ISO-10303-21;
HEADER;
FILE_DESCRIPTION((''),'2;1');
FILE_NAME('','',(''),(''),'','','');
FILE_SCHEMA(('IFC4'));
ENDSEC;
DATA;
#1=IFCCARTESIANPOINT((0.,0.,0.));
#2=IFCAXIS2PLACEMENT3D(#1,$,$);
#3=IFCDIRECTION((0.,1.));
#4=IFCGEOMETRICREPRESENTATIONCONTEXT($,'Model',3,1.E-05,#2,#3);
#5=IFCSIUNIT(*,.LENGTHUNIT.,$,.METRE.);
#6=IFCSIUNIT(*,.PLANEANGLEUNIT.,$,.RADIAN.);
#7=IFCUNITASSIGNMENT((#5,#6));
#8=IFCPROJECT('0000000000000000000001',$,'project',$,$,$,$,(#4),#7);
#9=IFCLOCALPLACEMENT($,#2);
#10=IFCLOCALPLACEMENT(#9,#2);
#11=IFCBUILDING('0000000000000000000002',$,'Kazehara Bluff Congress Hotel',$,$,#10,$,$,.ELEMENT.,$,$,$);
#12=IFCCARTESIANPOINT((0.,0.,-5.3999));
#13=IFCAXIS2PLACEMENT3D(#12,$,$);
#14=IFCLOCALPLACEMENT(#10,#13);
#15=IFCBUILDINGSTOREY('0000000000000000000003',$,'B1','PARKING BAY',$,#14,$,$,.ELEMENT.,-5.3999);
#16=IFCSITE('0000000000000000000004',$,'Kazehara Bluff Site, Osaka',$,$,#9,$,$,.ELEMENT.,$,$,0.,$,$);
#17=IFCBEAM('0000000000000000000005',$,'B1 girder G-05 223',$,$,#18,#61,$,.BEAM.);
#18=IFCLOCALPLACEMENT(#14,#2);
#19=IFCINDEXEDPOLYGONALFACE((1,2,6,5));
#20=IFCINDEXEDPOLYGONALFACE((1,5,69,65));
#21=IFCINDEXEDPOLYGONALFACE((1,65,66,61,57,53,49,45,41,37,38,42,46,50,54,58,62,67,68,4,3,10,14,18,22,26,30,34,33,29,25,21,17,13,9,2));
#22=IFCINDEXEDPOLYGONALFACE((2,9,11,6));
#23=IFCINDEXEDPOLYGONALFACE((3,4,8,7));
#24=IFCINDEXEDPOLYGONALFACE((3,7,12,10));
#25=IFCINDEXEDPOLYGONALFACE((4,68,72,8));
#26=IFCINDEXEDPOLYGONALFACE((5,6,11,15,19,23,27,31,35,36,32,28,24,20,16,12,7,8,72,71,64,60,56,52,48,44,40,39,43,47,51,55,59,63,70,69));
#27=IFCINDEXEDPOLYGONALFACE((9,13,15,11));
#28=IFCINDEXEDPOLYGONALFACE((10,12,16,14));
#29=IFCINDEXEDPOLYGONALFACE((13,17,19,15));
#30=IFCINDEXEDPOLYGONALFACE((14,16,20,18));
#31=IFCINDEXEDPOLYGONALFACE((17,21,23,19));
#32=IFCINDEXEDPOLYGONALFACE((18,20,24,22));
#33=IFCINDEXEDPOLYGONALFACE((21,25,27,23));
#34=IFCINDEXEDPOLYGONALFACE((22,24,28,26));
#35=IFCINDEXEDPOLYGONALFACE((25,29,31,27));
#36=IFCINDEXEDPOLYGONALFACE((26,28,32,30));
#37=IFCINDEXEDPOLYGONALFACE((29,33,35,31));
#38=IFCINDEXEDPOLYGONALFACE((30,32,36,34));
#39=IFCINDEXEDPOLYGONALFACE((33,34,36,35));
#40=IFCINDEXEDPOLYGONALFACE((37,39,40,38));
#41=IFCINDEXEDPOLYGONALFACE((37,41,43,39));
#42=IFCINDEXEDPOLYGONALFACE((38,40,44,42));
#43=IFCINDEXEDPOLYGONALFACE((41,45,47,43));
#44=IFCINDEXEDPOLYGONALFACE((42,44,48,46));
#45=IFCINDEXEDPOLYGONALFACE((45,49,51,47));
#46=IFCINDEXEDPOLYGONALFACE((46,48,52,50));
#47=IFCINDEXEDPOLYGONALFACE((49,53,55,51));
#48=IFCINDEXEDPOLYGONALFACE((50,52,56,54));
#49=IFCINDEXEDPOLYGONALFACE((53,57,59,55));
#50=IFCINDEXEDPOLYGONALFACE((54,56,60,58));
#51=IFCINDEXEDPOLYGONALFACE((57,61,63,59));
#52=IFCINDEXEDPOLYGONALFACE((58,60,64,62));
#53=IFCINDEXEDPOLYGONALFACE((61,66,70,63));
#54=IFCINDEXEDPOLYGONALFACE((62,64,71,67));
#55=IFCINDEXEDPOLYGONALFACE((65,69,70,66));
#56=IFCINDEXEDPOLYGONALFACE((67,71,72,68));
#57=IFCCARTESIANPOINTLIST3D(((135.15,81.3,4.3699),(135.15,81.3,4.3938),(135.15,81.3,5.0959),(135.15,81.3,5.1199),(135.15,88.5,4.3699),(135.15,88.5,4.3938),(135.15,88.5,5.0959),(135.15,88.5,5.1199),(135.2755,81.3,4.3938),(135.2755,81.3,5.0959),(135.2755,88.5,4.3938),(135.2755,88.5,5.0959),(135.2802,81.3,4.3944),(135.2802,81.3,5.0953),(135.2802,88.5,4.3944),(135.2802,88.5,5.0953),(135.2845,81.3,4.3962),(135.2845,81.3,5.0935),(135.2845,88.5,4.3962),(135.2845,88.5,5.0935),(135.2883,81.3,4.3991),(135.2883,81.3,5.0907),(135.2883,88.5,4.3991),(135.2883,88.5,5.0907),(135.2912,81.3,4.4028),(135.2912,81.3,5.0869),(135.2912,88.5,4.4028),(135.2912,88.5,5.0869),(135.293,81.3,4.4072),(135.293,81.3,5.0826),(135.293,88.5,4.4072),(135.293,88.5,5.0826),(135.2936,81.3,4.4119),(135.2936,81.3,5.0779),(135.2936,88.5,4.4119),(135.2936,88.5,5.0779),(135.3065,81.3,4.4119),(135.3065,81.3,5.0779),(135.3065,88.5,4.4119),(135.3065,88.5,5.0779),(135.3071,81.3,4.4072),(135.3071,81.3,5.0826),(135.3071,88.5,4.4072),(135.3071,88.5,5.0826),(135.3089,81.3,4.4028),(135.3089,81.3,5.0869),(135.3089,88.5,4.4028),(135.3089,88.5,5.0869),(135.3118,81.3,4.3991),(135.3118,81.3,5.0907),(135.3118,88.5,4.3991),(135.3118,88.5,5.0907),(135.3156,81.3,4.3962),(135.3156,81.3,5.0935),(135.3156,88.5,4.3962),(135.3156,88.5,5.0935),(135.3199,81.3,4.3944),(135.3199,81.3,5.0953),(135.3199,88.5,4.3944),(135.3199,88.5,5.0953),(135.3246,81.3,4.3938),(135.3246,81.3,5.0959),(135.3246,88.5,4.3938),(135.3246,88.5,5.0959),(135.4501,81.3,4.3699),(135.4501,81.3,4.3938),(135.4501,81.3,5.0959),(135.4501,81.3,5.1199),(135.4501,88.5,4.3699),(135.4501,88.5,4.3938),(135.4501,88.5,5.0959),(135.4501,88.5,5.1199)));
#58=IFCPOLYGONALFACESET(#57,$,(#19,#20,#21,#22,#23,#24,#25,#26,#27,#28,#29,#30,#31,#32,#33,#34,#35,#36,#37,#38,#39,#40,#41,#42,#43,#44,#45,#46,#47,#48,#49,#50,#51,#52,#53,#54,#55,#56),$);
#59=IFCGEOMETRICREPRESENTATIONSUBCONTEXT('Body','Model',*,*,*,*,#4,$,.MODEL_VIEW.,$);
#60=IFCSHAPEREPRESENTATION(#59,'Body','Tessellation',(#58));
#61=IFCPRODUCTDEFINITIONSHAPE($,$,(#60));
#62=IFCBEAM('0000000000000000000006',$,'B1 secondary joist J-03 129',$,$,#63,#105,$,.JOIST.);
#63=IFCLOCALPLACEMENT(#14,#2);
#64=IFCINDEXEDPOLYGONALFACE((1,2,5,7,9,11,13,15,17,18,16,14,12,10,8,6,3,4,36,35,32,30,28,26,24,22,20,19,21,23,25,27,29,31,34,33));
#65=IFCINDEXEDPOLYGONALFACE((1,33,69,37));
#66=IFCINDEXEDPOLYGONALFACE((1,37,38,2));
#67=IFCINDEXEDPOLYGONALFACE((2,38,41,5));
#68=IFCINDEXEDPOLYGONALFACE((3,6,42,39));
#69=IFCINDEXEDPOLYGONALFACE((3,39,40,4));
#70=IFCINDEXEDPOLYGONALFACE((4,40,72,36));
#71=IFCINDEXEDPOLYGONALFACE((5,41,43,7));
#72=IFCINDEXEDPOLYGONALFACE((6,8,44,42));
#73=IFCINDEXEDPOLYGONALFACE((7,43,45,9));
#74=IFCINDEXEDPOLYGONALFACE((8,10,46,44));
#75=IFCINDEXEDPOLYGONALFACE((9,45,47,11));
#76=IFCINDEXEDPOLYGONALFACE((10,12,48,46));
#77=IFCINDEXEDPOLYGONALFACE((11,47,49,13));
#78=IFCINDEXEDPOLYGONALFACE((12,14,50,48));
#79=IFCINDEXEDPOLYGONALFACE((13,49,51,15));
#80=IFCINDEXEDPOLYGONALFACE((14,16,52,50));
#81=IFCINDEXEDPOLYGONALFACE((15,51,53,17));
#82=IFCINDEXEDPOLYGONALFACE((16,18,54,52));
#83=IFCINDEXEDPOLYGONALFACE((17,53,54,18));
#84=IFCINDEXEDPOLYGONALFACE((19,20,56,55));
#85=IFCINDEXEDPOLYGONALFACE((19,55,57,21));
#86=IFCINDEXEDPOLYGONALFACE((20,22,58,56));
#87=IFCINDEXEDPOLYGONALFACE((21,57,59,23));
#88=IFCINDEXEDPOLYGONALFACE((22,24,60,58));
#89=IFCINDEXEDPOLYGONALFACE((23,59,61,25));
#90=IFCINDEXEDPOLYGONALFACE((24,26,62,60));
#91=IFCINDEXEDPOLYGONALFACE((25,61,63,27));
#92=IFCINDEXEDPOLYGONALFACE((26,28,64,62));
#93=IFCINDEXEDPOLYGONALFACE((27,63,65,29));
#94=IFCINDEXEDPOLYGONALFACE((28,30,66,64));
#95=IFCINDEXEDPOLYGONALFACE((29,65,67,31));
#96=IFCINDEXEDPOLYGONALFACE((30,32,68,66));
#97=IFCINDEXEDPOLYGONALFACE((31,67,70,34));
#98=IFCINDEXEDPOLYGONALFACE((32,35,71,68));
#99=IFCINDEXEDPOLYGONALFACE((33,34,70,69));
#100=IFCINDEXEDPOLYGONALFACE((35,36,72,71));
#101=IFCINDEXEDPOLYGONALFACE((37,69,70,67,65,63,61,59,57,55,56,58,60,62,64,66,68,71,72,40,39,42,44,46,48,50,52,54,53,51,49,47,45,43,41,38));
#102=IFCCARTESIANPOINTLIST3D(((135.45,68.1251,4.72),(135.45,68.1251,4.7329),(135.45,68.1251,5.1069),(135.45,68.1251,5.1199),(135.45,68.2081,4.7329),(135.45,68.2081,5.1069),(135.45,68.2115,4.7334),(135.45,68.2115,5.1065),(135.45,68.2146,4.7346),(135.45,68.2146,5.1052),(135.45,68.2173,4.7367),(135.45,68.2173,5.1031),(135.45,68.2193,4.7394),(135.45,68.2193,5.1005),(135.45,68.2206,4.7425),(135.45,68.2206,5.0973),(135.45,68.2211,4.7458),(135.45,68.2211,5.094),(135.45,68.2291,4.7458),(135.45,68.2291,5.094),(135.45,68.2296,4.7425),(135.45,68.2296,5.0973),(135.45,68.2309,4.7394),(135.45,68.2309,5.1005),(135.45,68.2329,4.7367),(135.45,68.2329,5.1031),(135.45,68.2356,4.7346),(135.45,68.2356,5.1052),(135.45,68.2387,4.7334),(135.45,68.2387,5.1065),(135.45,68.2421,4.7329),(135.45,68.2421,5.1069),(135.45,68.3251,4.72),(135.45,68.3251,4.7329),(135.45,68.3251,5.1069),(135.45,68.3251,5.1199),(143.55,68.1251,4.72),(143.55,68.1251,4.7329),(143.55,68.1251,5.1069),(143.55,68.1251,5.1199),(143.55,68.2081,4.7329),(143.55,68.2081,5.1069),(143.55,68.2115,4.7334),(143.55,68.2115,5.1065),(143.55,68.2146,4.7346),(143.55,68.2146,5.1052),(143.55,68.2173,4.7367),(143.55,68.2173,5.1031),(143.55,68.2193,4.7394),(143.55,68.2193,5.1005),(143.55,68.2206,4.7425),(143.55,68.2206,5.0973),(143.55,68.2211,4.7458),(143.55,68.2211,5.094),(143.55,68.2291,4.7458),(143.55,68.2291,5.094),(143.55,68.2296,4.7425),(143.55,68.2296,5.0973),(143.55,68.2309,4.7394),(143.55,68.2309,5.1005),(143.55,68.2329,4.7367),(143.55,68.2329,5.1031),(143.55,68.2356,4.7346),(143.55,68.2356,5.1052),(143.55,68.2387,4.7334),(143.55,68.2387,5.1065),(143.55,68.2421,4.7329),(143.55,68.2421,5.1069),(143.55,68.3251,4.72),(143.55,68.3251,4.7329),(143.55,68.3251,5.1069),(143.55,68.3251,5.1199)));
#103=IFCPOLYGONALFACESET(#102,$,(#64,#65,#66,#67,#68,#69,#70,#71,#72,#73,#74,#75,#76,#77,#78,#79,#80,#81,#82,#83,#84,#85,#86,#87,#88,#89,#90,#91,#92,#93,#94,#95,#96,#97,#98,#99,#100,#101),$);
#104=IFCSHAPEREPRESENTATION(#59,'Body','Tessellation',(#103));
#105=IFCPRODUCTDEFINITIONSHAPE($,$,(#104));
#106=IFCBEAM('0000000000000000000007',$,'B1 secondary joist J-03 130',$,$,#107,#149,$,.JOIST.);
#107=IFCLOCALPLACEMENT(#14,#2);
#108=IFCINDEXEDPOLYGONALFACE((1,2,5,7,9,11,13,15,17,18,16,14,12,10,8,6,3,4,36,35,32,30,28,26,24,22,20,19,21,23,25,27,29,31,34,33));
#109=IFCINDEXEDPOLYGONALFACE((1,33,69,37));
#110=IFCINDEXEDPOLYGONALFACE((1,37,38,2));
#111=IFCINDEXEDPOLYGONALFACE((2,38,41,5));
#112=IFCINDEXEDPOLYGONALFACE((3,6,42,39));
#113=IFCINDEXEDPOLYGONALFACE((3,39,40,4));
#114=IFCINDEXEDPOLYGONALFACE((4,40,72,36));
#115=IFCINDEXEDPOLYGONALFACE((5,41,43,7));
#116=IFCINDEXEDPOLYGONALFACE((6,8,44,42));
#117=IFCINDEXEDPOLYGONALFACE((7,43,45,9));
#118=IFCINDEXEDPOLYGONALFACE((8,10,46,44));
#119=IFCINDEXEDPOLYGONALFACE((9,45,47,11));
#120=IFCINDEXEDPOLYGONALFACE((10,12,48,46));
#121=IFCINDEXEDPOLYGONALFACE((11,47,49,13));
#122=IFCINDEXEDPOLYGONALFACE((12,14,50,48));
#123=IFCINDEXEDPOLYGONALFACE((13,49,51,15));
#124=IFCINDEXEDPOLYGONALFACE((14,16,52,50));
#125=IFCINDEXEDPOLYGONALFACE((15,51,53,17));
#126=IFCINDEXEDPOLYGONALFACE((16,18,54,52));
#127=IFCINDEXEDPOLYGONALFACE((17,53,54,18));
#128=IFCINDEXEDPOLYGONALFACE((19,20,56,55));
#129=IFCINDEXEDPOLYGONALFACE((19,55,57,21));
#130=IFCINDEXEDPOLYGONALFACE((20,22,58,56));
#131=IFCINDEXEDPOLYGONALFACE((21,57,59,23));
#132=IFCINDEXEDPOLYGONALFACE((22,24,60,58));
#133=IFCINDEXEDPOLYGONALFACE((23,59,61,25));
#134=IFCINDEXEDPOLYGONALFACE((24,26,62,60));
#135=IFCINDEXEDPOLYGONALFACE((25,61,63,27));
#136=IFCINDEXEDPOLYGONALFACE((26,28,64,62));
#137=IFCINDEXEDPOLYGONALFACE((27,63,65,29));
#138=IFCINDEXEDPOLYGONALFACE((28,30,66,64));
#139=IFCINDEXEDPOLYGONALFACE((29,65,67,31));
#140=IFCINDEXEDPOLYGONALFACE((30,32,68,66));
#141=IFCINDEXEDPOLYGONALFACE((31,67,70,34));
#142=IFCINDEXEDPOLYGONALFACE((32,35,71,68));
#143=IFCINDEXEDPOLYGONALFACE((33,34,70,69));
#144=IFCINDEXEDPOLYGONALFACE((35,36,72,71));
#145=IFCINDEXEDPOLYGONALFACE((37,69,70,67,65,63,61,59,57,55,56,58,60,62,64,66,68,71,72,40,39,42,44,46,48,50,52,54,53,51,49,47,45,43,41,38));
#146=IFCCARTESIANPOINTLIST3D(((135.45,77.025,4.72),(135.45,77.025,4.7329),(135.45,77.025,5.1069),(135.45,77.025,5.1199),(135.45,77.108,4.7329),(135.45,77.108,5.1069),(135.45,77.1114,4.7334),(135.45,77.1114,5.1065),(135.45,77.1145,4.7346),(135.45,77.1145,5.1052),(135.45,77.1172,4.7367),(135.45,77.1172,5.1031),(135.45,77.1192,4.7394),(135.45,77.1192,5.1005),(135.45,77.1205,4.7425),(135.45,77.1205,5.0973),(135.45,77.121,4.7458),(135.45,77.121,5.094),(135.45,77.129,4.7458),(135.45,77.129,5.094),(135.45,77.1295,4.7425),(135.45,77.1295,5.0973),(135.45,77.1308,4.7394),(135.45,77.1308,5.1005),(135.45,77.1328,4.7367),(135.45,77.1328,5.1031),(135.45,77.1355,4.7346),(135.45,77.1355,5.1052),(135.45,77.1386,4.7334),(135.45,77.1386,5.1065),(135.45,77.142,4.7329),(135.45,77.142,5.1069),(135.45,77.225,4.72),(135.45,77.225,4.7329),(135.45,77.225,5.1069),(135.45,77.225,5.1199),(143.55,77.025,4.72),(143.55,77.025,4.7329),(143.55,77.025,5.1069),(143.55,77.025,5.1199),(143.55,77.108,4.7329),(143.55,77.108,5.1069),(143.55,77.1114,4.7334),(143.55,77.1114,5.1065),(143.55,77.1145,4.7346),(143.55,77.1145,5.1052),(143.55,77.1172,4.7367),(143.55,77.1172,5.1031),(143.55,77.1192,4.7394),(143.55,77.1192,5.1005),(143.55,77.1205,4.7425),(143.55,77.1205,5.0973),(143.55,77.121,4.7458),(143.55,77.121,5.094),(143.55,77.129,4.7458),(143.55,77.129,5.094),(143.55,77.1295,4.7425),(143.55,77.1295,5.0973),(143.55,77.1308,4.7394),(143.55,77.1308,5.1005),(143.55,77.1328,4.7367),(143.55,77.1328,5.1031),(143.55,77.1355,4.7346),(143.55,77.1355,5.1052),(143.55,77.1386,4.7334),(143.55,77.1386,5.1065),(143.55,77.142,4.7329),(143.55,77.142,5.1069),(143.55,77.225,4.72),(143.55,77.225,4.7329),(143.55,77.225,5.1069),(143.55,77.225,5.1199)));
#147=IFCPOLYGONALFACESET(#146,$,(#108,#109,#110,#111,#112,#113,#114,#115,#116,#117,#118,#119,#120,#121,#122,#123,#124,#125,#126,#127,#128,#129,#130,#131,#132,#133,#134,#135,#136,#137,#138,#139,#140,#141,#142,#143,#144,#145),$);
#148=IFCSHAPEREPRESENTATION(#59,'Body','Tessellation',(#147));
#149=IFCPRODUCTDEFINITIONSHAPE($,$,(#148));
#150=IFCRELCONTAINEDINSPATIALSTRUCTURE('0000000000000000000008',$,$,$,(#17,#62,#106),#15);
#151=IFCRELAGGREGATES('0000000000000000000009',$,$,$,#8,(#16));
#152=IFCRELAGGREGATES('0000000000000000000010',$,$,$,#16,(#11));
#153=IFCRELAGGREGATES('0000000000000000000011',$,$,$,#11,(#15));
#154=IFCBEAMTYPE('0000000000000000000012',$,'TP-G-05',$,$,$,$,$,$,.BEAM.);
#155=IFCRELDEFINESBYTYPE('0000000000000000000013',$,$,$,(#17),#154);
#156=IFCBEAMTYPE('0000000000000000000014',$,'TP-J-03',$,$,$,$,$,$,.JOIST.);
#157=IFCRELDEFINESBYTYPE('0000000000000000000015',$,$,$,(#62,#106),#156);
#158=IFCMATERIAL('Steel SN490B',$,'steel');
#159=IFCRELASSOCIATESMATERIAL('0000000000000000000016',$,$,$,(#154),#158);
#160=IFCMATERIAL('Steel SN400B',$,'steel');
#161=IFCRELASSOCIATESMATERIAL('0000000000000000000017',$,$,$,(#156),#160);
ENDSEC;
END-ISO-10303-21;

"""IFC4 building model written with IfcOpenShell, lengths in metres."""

from ifc_helpers import new_model, si_unit, direction, frame, origin, origin_2d, place, context, subcontext, project, spatial, i_section, extrude, material, material_profile, profile_set, type_object, element, save


model = new_model("IFC4")

# Units and contexts
model_context = context("Model", 3, precision=1e-05, world=origin(), true_north=direction((0.0, 1.0)))
body_context = subcontext(model_context, "Body", "Model", "MODEL_VIEW")
ifc_project = project(units=[si_unit("LENGTHUNIT", "METRE"), si_unit("PLANEANGLEUNIT", "RADIAN")], contexts=[model_context])

# Site, building, storey
site_placement = place(None, origin())
site = spatial("IfcSite", under=ifc_project, at=site_placement, Name="Kazehara Bluff Site, Osaka", CompositionType="ELEMENT", RefElevation=0.0)
building_placement = place(site_placement, origin())
building = spatial("IfcBuilding", under=site, at=building_placement, Name="Kazehara Bluff Congress Hotel", CompositionType="ELEMENT")
storey_placement = place(building_placement, frame((0.0, 0.0, -5.3999)))
storey = spatial("IfcBuildingStorey", under=building, at=storey_placement, Name="B1", Description="PARKING BAY", CompositionType="ELEMENT", Elevation=-5.3999)

# Beams
ifc_material_1 = material(Name="Steel SN490B", Category="steel")
ifc_material_profile_1 = material_profile(ifc_material_1, i_section(OverallWidth=0.3, OverallDepth=0.75, WebThickness=0.0129, FlangeThickness=0.0239, FilletRadius=0.0181, at=origin_2d()))
ifc_profile_set_1 = profile_set([ifc_material_profile_1], Name="Steel SN490B")
beam_type_1 = type_object("IfcBeamType", Name="TP-G-05", PredefinedType="BEAM", material=ifc_profile_set_1)
beam_1_placement = place(storey_placement, frame((135.3, 81.3, 4.7449), z_axis=(0.0, 1.0, 0.0), x_axis=(-1.0, 0.0, 0.0)))
element("IfcBeam", 1, at=beam_1_placement, inside=storey, type_object=beam_type_1, Name="B1 girder G-05 223", PredefinedType="BEAM", context=body_context, shape_type="SweptSolid", body=[
    extrude(i_section(OverallWidth=0.3, OverallDepth=0.75, WebThickness=0.0129, FlangeThickness=0.0239, FilletRadius=0.0181, at=origin_2d()), origin(), (0.0, 0.0, 1.0), 7.2),
])
ifc_material_2 = material(Name="Steel SN400B", Category="steel")
ifc_material_profile_2 = material_profile(ifc_material_2, i_section(OverallWidth=0.2, OverallDepth=0.3999, WebThickness=0.0081, FlangeThickness=0.0129, FilletRadius=0.0129, at=origin_2d()))
ifc_profile_set_2 = profile_set([ifc_material_profile_2], Name="Steel SN400B")
beam_type_2 = type_object("IfcBeamType", Name="TP-J-03", PredefinedType="JOIST", material=ifc_profile_set_2)
for number, where, z_axis, x_axis, name in (
    (2, (135.45, 68.2251, 4.9199), (1.0, 0.0, 0.0), (0.0, 1.0, 0.0), "B1 secondary joist J-03 129"),
    (3, (135.45, 77.125, 4.9199), (1.0, 0.0, 0.0), (0.0, 1.0, 0.0), "B1 secondary joist J-03 130"),
):
    element("IfcBeam", number, at=place(storey_placement, frame(where, z_axis=z_axis, x_axis=x_axis)), inside=storey, type_object=beam_type_2, Name=name, PredefinedType="JOIST", context=body_context, shape_type="SweptSolid", body=[
        extrude(i_section(OverallWidth=0.2, OverallDepth=0.3999, WebThickness=0.0081, FlangeThickness=0.0129, FilletRadius=0.0129, at=origin_2d()), origin(), (0.0, 0.0, 1.0), 8.1001),
    ])

save(model, "model.ifc")
